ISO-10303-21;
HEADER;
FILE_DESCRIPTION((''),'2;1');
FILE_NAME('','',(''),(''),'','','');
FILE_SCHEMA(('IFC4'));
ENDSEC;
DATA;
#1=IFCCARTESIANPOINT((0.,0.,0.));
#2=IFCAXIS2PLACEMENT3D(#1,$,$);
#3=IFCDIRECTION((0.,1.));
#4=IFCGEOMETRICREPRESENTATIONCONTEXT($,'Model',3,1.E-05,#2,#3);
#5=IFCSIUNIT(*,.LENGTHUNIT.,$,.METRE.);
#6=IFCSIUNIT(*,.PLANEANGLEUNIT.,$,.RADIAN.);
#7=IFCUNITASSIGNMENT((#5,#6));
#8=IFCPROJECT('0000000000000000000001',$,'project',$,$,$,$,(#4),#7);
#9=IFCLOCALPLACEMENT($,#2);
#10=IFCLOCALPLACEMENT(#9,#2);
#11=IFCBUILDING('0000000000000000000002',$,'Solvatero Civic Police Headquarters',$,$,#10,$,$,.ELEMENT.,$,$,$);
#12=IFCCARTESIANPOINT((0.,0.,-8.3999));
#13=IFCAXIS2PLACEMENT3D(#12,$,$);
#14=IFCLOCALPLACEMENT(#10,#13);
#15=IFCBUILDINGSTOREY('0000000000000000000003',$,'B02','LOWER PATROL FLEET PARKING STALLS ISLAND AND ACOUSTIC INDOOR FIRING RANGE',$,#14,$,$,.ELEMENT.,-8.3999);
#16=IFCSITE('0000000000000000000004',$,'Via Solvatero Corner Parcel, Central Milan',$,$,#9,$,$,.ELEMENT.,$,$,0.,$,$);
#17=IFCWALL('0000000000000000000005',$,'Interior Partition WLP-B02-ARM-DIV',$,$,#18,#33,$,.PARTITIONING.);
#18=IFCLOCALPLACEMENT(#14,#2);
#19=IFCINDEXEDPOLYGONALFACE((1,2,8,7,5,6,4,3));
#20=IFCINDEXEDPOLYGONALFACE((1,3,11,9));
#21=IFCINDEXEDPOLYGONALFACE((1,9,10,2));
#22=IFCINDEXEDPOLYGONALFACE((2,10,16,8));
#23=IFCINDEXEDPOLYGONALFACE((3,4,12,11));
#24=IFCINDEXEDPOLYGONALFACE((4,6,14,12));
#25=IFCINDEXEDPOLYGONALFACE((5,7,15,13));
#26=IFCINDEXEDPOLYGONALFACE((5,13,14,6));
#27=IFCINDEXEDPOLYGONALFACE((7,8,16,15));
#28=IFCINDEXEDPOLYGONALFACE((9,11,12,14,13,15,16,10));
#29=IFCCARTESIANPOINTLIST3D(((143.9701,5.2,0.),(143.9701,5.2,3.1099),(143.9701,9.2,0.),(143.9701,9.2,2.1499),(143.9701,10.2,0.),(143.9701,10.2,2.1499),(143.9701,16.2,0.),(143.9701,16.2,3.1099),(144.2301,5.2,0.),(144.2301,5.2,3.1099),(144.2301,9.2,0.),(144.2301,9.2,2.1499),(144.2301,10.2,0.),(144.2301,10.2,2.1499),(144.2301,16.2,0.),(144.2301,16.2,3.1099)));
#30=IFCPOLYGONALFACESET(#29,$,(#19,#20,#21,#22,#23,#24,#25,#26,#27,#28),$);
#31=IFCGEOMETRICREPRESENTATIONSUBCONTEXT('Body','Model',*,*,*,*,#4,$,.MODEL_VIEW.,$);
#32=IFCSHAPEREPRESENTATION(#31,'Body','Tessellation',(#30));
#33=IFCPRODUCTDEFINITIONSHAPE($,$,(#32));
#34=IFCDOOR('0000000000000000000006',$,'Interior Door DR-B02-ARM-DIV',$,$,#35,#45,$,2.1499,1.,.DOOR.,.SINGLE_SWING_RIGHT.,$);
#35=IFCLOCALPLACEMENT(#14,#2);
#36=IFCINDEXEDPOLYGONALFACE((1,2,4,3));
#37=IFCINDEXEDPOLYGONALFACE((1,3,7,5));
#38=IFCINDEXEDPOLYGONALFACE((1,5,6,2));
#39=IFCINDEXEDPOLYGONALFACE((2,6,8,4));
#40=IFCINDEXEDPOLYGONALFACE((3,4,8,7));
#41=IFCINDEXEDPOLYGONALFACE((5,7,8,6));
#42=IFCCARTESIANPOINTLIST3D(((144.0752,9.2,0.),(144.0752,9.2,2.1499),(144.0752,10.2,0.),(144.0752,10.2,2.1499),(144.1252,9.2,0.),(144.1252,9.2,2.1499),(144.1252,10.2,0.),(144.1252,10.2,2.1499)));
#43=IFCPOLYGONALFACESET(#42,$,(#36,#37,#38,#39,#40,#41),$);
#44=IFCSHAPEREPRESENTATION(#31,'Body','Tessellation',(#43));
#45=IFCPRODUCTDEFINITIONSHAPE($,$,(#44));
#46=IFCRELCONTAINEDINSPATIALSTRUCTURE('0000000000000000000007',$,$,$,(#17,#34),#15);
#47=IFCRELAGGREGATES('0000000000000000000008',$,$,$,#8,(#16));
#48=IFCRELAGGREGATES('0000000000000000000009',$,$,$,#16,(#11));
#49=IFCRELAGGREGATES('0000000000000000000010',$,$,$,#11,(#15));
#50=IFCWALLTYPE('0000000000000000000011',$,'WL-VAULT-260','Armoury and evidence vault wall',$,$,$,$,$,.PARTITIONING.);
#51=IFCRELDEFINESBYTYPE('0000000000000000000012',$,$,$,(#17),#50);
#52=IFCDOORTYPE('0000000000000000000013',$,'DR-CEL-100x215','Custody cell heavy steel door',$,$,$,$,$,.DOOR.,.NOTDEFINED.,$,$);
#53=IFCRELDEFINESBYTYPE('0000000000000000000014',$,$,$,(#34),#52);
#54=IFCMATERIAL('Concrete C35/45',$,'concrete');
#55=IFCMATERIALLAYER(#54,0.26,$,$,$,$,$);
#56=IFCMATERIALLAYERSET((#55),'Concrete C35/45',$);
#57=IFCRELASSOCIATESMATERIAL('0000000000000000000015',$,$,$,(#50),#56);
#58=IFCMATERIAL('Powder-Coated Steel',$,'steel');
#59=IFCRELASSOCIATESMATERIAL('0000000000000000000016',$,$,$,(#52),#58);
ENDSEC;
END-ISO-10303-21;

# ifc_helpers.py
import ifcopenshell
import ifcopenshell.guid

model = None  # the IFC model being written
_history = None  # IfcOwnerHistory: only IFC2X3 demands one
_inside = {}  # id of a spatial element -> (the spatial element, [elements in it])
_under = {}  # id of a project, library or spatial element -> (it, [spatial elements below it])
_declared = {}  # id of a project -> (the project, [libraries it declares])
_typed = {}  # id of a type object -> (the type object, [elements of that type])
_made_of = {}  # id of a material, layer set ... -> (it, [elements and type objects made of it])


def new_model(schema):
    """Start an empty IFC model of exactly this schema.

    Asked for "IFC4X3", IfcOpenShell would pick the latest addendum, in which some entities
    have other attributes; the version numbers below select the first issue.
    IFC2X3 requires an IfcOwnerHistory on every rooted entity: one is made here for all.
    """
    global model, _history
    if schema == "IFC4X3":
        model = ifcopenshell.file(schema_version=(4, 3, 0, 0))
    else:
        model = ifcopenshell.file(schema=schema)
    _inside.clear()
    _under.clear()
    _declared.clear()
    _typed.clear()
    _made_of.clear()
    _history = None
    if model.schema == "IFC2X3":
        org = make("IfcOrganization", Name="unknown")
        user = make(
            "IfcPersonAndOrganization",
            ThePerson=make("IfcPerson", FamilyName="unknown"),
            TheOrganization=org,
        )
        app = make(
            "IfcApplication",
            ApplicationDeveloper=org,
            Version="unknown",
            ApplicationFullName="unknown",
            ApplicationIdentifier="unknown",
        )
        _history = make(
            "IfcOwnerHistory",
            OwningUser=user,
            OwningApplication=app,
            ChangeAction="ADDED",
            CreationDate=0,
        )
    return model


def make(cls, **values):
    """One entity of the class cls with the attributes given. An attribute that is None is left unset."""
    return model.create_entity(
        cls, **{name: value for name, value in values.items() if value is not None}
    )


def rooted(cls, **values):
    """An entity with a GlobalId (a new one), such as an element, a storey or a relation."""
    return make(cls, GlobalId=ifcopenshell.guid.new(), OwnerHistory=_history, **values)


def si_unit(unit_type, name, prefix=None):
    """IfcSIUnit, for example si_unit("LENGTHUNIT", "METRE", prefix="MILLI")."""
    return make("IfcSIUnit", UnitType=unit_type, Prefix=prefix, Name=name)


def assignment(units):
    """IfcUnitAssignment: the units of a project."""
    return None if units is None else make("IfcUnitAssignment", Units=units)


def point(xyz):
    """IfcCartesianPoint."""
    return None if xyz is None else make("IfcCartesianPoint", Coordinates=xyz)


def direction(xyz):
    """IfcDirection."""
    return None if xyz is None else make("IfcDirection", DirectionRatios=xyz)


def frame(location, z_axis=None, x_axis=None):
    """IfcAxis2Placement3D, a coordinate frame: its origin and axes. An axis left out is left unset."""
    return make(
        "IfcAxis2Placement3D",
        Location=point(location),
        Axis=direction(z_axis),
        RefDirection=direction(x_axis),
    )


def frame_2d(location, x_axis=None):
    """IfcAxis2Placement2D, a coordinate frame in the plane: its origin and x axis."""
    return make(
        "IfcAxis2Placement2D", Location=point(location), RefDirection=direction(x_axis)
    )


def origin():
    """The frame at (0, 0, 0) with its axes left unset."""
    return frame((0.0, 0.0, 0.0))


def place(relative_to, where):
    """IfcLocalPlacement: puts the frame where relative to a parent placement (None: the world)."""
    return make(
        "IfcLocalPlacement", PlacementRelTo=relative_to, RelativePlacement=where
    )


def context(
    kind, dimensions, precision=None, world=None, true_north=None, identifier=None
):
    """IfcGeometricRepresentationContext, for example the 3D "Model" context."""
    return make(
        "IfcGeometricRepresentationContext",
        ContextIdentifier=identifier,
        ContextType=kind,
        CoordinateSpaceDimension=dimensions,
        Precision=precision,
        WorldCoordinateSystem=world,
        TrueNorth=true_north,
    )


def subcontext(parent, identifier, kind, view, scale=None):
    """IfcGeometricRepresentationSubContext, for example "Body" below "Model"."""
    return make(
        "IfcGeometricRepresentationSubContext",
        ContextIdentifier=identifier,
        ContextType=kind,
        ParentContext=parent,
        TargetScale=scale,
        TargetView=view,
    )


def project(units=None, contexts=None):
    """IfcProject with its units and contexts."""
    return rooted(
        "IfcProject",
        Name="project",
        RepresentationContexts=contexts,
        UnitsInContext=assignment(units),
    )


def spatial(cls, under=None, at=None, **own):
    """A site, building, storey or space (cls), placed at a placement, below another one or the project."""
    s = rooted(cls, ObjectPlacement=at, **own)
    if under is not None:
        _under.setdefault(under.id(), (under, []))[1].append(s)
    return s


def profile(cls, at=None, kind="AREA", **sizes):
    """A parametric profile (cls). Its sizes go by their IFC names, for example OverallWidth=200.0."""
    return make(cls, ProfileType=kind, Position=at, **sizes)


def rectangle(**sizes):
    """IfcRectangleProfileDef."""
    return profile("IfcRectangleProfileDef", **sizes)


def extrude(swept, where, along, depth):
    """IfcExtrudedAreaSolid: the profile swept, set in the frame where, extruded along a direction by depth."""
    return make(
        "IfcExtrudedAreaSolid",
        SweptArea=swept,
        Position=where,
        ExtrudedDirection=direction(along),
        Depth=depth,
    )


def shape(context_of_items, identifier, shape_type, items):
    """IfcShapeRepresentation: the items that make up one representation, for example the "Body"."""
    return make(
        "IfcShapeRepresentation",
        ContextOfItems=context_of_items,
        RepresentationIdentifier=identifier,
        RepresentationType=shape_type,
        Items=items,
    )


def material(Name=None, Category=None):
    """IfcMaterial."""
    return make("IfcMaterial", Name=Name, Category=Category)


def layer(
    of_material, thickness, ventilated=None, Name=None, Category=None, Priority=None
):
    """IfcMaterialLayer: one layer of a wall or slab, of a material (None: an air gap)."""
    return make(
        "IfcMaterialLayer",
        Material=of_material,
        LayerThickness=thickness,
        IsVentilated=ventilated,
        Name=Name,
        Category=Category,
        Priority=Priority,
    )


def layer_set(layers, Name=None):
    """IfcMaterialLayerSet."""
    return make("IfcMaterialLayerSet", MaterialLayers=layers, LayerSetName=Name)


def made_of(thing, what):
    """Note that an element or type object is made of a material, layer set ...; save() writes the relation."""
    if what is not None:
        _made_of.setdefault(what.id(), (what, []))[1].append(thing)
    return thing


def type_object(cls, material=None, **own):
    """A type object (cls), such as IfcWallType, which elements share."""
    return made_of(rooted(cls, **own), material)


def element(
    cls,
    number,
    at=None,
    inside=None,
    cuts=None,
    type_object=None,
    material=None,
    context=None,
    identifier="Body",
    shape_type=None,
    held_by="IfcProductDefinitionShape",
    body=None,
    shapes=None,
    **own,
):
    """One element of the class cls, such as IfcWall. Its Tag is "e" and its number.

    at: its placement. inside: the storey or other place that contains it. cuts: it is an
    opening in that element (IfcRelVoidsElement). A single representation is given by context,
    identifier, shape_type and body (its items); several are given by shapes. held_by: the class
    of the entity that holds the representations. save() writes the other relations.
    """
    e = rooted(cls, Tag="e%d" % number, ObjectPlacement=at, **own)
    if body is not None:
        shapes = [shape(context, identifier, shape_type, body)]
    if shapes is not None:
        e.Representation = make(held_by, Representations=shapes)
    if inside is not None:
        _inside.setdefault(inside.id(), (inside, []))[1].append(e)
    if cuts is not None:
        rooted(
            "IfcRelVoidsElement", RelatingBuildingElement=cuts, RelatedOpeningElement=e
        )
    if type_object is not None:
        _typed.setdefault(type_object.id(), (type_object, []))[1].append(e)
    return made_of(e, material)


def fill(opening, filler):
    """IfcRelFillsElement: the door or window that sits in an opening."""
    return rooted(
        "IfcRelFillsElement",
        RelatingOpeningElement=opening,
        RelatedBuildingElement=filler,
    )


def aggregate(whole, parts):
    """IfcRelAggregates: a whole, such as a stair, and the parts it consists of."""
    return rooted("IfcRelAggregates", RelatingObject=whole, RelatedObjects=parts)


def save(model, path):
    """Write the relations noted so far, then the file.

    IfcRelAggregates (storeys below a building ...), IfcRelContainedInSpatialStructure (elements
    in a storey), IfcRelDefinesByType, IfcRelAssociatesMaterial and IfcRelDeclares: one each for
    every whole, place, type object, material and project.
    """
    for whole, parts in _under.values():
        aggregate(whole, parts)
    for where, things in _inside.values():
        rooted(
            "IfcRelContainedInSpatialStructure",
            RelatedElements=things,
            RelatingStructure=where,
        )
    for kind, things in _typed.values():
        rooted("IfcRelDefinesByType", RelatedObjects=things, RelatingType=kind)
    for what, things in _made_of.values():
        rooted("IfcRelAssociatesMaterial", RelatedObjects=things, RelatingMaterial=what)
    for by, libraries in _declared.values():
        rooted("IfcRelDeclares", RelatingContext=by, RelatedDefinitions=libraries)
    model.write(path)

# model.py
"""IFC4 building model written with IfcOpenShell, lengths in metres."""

from ifc_helpers import new_model, si_unit, direction, frame, frame_2d, origin, place, context, subcontext, project, spatial, rectangle, extrude, material, layer, layer_set, type_object, element, fill, save


model = new_model("IFC4")

# Units and contexts
model_context = context("Model", 3, precision=1e-05, world=origin(), true_north=direction((0.0, 1.0)))
body_context = subcontext(model_context, "Body", "Model", "MODEL_VIEW")
ifc_project = project(units=[si_unit("LENGTHUNIT", "METRE"), si_unit("PLANEANGLEUNIT", "RADIAN")], contexts=[model_context])

# Site, building, storey
site_placement = place(None, origin())
site = spatial("IfcSite", under=ifc_project, at=site_placement, Name="Via Solvatero Corner Parcel, Central Milan", CompositionType="ELEMENT", RefElevation=0.0)
building_placement = place(site_placement, origin())
building = spatial("IfcBuilding", under=site, at=building_placement, Name="Solvatero Civic Police Headquarters", CompositionType="ELEMENT")
storey_placement = place(building_placement, frame((0.0, 0.0, -8.3999)))
storey = spatial("IfcBuildingStorey", under=building, at=storey_placement, Name="B02", Description="LOWER PATROL FLEET PARKING STALLS ISLAND AND ACOUSTIC INDOOR FIRING RANGE", CompositionType="ELEMENT", Elevation=-8.3999)

# Shared definitions
ifc_material_1 = material(Name="Concrete C35/45", Category="concrete")

# Wall, opening, door
ifc_material_2 = material(Name="Powder-Coated Steel", Category="steel")
ifc_layer_1 = layer(ifc_material_1, 0.26)
ifc_layer_set_1 = layer_set([ifc_layer_1], Name="Concrete C35/45")
wall_type_1 = type_object("IfcWallType", Name="WL-VAULT-260", Description="Armoury and evidence vault wall", PredefinedType="PARTITIONING", material=ifc_layer_set_1)
wall_1_placement = place(storey_placement, frame((144.1001, 5.2, 0.0), z_axis=(0.0, 0.0, 1.0), x_axis=(0.0, 1.0, 0.0)))
wall_1 = element("IfcWall", 1, at=wall_1_placement, inside=storey, type_object=wall_type_1, Name="Interior Partition WLP-B02-ARM-DIV", PredefinedType="PARTITIONING", context=body_context, shape_type="SweptSolid", body=[
    extrude(rectangle(XDim=11.0, YDim=0.26, at=frame_2d((5.5, 0.0))), origin(), (0.0, 0.0, 1.0), 3.1099),
])
opening_1_placement = place(wall_1_placement, frame((4.0, 0.0, 0.0)))
opening_1 = element("IfcOpeningElement", 2, at=opening_1_placement, cuts=wall_1, PredefinedType="OPENING", context=body_context, shape_type="SweptSolid", body=[
    extrude(rectangle(XDim=1.0, YDim=2.1499, at=frame_2d((0.5, 1.075))), frame((0.0, 0.1399, 0.0), z_axis=(0.0, -1.0, 0.0), x_axis=(1.0, 0.0, 0.0)), (0.0, 0.0, 1.0), 0.28),
])
door_type_1 = type_object("IfcDoorType", Name="DR-CEL-100x215", Description="Custody cell heavy steel door", OperationType="NOTDEFINED", PredefinedType="DOOR", material=ifc_material_2)
door_1_placement = place(opening_1_placement, origin())
door_1 = element("IfcDoor", 3, at=door_1_placement, inside=storey, type_object=door_type_1, Name="Interior Door DR-B02-ARM-DIV", OperationType="SINGLE_SWING_RIGHT", OverallHeight=2.1499, OverallWidth=1.0, PredefinedType="DOOR", context=body_context, shape_type="SweptSolid", body=[
    extrude(rectangle(XDim=1.0, YDim=2.1499, at=frame_2d((0.5, 1.075))), frame((0.0, 0.0249, 0.0), z_axis=(0.0, -1.0, 0.0), x_axis=(1.0, 0.0, 0.0)), (0.0, 0.0, 1.0), 0.05),
])
fill(opening_1, door_1)

save(model, "model.ifc")
